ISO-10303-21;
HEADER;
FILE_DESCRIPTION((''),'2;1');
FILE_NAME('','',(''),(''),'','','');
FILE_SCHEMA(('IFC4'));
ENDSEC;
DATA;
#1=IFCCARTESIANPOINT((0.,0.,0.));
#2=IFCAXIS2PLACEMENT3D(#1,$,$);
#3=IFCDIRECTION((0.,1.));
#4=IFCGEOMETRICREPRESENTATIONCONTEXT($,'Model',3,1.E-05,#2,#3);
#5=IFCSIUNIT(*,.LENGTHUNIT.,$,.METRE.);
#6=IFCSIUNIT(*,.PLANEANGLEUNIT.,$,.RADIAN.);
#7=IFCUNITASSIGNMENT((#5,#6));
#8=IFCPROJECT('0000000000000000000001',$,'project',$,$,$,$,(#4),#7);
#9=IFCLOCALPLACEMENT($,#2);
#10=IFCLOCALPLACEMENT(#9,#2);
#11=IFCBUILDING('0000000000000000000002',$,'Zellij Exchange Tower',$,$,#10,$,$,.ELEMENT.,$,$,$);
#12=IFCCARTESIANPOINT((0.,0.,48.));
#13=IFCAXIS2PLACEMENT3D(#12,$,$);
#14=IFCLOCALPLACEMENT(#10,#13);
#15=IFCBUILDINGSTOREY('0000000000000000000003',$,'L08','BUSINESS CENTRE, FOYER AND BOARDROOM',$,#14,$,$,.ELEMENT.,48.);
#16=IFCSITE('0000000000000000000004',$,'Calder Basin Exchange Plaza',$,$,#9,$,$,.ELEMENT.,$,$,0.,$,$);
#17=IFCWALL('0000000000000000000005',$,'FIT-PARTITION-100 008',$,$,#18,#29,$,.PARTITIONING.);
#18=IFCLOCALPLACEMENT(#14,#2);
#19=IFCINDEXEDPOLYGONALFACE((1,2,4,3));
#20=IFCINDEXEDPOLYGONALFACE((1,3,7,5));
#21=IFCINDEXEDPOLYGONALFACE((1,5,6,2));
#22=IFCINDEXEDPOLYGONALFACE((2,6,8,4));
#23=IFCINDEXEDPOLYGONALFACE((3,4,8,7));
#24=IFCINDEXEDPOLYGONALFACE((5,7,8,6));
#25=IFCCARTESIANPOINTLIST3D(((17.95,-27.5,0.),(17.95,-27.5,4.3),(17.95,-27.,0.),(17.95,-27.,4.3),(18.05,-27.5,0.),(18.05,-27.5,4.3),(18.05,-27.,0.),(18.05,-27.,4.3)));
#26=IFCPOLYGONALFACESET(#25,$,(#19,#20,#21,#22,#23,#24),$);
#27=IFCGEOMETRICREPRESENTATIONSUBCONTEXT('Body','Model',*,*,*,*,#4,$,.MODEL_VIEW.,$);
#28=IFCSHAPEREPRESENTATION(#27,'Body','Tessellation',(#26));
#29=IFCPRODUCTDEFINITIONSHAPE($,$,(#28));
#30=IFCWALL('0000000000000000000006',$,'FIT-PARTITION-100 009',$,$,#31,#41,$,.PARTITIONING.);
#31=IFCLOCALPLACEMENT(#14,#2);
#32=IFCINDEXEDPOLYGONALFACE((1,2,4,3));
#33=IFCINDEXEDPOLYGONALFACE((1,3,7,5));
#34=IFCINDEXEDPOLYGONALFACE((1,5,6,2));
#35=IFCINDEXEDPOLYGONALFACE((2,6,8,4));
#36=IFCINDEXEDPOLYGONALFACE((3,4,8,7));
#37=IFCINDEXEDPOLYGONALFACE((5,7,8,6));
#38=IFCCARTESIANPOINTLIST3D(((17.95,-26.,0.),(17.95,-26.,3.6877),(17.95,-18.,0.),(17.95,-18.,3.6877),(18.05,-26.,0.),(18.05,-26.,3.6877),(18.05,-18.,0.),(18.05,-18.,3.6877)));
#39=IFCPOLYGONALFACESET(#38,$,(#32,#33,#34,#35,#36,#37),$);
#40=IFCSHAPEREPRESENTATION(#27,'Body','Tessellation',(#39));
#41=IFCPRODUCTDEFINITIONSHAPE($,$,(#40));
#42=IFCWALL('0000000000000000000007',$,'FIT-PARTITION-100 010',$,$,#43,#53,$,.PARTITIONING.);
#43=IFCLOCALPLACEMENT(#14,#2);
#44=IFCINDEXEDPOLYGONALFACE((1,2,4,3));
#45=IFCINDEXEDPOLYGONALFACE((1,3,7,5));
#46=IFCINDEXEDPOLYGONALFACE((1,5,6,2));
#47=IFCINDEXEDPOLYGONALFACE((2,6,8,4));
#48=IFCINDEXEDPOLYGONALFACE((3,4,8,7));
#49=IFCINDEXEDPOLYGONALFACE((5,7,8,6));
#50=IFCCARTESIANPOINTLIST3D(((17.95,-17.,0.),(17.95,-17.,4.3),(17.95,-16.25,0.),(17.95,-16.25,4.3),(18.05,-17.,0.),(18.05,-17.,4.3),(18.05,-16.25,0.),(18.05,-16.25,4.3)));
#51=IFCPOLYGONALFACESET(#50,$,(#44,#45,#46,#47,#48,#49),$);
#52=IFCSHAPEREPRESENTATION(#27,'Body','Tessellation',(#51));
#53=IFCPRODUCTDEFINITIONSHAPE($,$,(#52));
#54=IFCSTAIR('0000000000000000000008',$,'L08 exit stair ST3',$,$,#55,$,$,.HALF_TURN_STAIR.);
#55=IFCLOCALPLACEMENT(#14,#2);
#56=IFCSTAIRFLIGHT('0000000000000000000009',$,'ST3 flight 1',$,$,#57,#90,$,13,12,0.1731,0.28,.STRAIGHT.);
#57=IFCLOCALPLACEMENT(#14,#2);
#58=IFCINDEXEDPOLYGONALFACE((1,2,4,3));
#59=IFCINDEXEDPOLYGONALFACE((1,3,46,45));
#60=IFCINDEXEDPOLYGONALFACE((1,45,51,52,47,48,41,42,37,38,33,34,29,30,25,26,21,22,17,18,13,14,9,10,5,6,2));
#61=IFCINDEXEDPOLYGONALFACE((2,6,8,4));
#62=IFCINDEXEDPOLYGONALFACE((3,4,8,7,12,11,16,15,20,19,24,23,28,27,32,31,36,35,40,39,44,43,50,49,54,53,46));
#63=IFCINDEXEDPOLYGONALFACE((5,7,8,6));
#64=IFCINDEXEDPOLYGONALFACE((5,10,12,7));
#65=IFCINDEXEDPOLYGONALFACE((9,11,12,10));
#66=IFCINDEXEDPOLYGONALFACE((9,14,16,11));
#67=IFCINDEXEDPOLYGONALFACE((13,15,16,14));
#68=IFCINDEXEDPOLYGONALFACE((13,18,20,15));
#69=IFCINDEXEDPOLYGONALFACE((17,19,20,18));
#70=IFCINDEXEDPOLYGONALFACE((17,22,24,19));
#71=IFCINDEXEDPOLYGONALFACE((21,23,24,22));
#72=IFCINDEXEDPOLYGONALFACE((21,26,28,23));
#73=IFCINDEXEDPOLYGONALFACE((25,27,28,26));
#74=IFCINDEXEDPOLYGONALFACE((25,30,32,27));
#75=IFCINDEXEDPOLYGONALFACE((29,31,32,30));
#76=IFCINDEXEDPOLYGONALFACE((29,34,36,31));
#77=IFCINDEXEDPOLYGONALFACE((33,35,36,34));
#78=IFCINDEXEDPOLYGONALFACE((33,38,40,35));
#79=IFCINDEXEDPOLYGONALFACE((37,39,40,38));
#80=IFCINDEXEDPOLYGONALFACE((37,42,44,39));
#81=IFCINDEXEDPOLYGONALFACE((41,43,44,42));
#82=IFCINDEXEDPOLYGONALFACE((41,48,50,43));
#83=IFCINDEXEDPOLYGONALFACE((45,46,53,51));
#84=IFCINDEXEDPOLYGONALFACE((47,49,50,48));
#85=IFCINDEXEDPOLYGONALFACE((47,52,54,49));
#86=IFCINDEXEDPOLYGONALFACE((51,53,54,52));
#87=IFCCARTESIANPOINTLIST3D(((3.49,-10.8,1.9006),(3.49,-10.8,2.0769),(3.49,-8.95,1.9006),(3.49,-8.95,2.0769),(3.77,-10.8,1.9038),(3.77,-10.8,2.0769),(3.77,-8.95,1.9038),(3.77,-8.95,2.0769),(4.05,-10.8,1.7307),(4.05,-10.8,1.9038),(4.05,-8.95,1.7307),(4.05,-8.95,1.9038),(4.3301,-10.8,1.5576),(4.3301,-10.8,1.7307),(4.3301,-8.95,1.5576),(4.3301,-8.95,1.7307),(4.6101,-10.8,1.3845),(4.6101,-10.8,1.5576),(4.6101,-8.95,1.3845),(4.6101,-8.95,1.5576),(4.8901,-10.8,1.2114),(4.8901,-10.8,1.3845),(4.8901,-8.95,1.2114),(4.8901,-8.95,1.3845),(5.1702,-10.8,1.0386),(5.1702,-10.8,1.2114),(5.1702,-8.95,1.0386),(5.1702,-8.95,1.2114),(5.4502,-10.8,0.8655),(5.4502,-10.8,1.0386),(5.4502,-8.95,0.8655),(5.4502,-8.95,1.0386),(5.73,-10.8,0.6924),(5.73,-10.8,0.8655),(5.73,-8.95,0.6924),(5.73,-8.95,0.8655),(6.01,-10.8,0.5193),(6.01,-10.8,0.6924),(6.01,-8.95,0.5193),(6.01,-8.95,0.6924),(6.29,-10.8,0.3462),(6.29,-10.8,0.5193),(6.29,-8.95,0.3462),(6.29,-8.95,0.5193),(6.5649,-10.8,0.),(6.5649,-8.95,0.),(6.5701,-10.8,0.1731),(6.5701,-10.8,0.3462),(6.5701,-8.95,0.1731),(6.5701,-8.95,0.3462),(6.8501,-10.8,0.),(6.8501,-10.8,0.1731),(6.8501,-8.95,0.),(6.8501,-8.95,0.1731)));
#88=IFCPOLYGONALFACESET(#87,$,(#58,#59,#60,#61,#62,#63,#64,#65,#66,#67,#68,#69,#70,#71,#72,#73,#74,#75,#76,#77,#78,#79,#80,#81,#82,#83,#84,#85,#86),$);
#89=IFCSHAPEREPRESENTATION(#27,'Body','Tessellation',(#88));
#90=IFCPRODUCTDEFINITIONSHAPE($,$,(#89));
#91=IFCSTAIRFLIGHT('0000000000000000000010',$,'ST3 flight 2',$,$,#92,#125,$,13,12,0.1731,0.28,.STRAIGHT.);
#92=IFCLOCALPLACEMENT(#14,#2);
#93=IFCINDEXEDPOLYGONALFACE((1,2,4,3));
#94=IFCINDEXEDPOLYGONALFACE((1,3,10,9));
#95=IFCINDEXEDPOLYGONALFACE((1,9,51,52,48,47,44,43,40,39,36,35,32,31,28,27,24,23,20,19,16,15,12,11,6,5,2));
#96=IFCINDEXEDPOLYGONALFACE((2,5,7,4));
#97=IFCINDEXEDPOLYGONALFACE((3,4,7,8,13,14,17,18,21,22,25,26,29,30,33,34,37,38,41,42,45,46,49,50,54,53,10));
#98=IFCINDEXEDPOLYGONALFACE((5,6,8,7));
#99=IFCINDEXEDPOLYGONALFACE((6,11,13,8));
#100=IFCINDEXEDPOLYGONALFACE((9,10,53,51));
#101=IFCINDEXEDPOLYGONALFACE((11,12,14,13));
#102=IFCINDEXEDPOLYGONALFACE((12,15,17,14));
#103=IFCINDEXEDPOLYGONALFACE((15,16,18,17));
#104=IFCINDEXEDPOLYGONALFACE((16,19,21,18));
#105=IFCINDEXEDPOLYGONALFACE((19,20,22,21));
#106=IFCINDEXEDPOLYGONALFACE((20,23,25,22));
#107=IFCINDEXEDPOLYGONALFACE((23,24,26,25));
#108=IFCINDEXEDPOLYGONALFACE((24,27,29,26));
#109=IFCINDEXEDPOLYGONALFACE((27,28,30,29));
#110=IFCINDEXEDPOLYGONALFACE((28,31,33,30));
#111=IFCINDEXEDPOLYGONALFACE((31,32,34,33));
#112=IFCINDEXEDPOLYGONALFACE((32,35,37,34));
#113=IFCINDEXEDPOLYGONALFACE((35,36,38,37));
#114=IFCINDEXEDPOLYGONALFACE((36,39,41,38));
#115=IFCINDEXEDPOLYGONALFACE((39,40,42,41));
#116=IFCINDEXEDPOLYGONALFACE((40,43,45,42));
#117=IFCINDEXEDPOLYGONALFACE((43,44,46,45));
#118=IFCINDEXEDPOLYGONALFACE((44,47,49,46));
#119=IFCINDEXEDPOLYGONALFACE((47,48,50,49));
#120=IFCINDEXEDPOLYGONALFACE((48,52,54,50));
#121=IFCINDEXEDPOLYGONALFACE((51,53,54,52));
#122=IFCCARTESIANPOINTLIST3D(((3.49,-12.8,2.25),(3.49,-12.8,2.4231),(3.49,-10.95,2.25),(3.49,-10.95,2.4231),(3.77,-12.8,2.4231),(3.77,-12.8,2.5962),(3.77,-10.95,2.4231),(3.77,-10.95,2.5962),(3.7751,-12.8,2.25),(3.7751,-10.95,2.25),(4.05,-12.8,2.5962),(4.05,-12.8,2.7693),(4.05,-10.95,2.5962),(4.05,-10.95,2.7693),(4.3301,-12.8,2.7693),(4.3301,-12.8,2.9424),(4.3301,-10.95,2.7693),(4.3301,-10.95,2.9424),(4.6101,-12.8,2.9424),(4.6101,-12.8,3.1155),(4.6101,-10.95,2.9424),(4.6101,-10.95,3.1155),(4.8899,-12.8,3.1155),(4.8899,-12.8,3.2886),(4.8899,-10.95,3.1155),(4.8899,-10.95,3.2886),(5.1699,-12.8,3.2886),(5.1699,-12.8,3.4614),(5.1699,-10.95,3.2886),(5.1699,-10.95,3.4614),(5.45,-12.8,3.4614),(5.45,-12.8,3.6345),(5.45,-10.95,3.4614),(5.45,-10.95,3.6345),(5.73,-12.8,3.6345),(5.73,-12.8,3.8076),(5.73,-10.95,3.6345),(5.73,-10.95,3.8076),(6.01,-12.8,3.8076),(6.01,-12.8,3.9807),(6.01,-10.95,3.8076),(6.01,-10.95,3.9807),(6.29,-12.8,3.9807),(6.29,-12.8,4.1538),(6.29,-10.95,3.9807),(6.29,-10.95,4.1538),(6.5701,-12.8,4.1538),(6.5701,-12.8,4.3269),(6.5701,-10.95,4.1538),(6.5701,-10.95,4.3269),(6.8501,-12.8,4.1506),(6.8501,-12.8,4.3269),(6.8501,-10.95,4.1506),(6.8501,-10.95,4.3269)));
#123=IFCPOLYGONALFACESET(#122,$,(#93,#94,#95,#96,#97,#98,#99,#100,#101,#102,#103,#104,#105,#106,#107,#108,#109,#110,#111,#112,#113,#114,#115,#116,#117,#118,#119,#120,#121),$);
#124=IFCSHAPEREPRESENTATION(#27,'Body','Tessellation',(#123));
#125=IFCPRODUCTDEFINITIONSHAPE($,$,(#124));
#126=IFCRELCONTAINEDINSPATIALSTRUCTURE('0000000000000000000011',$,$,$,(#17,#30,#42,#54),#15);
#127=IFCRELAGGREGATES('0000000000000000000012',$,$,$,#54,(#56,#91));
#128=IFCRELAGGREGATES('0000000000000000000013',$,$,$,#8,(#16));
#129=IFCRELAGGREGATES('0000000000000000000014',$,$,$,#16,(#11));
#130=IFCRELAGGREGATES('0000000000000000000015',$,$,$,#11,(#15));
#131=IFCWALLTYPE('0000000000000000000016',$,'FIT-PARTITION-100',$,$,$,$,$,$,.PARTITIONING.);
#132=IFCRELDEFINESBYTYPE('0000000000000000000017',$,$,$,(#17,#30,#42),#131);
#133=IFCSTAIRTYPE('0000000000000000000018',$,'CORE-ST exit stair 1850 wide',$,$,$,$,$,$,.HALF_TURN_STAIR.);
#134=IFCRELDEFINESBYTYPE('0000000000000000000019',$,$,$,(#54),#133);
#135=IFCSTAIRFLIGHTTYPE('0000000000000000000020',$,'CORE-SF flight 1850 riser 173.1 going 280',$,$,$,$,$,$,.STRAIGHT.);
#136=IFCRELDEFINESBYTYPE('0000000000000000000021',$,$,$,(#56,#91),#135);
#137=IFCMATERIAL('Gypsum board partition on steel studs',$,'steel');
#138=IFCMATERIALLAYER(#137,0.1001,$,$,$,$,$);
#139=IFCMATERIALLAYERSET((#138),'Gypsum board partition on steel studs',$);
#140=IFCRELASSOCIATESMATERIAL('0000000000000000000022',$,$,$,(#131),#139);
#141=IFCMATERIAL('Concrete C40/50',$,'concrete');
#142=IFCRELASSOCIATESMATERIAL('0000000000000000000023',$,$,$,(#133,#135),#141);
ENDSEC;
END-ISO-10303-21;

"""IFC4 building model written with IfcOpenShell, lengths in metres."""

from ifc_helpers import new_model, si_unit, direction, frame, frame_2d, origin, place, context, subcontext, project, spatial, polyline, rectangle, outline, extrude, material, layer, layer_set, type_object, element, aggregate, save


model = new_model("IFC4")

# Units and contexts
model_context = context("Model", 3, precision=1e-05, world=origin(), true_north=direction((0.0, 1.0)))
body_context = subcontext(model_context, "Body", "Model", "MODEL_VIEW")
ifc_project = project(units=[si_unit("LENGTHUNIT", "METRE"), si_unit("PLANEANGLEUNIT", "RADIAN")], contexts=[model_context])

# Site, building, storey
site_placement = place(None, origin())
site = spatial("IfcSite", under=ifc_project, at=site_placement, Name="Calder Basin Exchange Plaza", CompositionType="ELEMENT", RefElevation=0.0)
building_placement = place(site_placement, origin())
building = spatial("IfcBuilding", under=site, at=building_placement, Name="Zellij Exchange Tower", CompositionType="ELEMENT")
storey_placement = place(building_placement, frame((0.0, 0.0, 48.0)))
storey = spatial("IfcBuildingStorey", under=building, at=storey_placement, Name="L08", Description="BUSINESS CENTRE, FOYER AND BOARDROOM", CompositionType="ELEMENT", Elevation=48.0)

# Walls
ifc_material_1 = material(Name="Gypsum board partition on steel studs", Category="steel")
ifc_layer_1 = layer(ifc_material_1, 0.1001)
ifc_layer_set_1 = layer_set([ifc_layer_1], Name="Gypsum board partition on steel studs")
wall_type_1 = type_object("IfcWallType", Name="FIT-PARTITION-100", PredefinedType="PARTITIONING", material=ifc_layer_set_1)
wall_1_placement = place(storey_placement, frame((18.0, -27.5, 0.0), z_axis=(0.0, 0.0, 1.0), x_axis=(0.0, 1.0, 0.0)))
element("IfcWall", 1, at=wall_1_placement, inside=storey, type_object=wall_type_1, Name="FIT-PARTITION-100 008", PredefinedType="PARTITIONING", context=body_context, shape_type="SweptSolid", body=[
    extrude(rectangle(XDim=0.5, YDim=0.1001, at=frame_2d((0.25, 0.0))), origin(), (0.0, 0.0, 1.0), 4.3),
])
wall_2_placement = place(storey_placement, frame((18.0, -26.0, 0.0), z_axis=(0.0, 0.0, 1.0), x_axis=(0.0, 1.0, 0.0)))
element("IfcWall", 2, at=wall_2_placement, inside=storey, type_object=wall_type_1, Name="FIT-PARTITION-100 009", PredefinedType="PARTITIONING", context=body_context, shape_type="SweptSolid", body=[
    extrude(rectangle(XDim=8.0, YDim=0.1001, at=frame_2d((4.0, 0.0))), origin(), (0.0, 0.0, 1.0), 3.6877),
])
wall_3_placement = place(storey_placement, frame((18.0, -17.0, 0.0), z_axis=(0.0, 0.0, 1.0), x_axis=(0.0, 1.0, 0.0)))
element("IfcWall", 3, at=wall_3_placement, inside=storey, type_object=wall_type_1, Name="FIT-PARTITION-100 010", PredefinedType="PARTITIONING", context=body_context, shape_type="SweptSolid", body=[
    extrude(rectangle(XDim=0.75, YDim=0.1001, at=frame_2d((0.375, 0.0))), origin(), (0.0, 0.0, 1.0), 4.3),
])

# Stair, stair flights
ifc_material_2 = material(Name="Concrete C40/50", Category="concrete")
stair_type = type_object("IfcStairType", Name="CORE-ST exit stair 1850 wide", PredefinedType="HALF_TURN_STAIR", material=ifc_material_2)
stair_placement = place(storey_placement, origin())
stair = element("IfcStair", 4, at=stair_placement, inside=storey, type_object=stair_type, Name="L08 exit stair ST3", PredefinedType="HALF_TURN_STAIR")
stair_flight_type = type_object("IfcStairFlightType", Name="CORE-SF flight 1850 riser 173.1 going 280", PredefinedType="STRAIGHT", material=ifc_material_2)
stair_flight_1_placement = place(storey_placement, frame((6.8501, -9.875, 0.0), z_axis=(0.0, 0.0, 1.0), x_axis=(-1.0, 0.0, 0.0)))
stair_flight_1 = element("IfcStairFlight", 5, at=stair_flight_1_placement, type_object=stair_flight_type, Name="ST3 flight 1", NumberOfRisers=13, NumberOfTreads=12, PredefinedType="STRAIGHT", RiserHeight=0.1731, TreadLength=0.28, context=body_context, shape_type="SweptSolid", body=[
    extrude(outline(polyline([(0.0, 0.0), (0.0, 0.1731), (0.28, 0.1731), (0.28, 0.3462), (0.5601, 0.3462), (0.5601, 0.5193), (0.8401, 0.5193), (0.8401, 0.6924), (1.1201, 0.6924), (1.1201, 0.8655), (1.3999, 0.8655), (1.3999, 1.0386), (1.6799, 1.0386), (1.6799, 1.2114), (1.96, 1.2114), (1.96, 1.3845), (2.24, 1.3845), (2.24, 1.5576), (2.52, 1.5576), (2.52, 1.7307), (2.8, 1.7307), (2.8, 1.9038), (3.0801, 1.9038), (3.0801, 2.0769), (3.3601, 2.0769), (3.3601, 2.25), (3.3601, 1.9006), (0.2852, 0.0), (0.0, 0.0)])), frame((0.0, 0.925, 0.0), z_axis=(0.0, -1.0, 0.0), x_axis=(1.0, 0.0, 0.0)), (0.0, 0.0, 1.0), 1.8501),
])
stair_flight_2_placement = place(storey_placement, frame((3.49, -11.875, 2.25), z_axis=(0.0, 0.0, 1.0), x_axis=(1.0, 0.0, 0.0)))
stair_flight_2 = element("IfcStairFlight", 6, at=stair_flight_2_placement, type_object=stair_flight_type, Name="ST3 flight 2", NumberOfRisers=13, NumberOfTreads=12, PredefinedType="STRAIGHT", RiserHeight=0.1731, TreadLength=0.28, context=body_context, shape_type="SweptSolid", body=[
    extrude(outline(polyline([(0.0, 0.0), (0.0, 0.1731), (0.28, 0.1731), (0.28, 0.3462), (0.5601, 0.3462), (0.5601, 0.5193), (0.8401, 0.5193), (0.8401, 0.6924), (1.1201, 0.6924), (1.1201, 0.8655), (1.3999, 0.8655), (1.3999, 1.0386), (1.6799, 1.0386), (1.6799, 1.2114), (1.96, 1.2114), (1.96, 1.3845), (2.24, 1.3845), (2.24, 1.5576), (2.52, 1.5576), (2.52, 1.7307), (2.8, 1.7307), (2.8, 1.9038), (3.0801, 1.9038), (3.0801, 2.0769), (3.3601, 2.0769), (3.3601, 2.25), (3.3601, 1.9006), (0.2852, 0.0), (0.0, 0.0)])), frame((0.0, 0.925, 0.0), z_axis=(0.0, -1.0, 0.0), x_axis=(1.0, 0.0, 0.0)), (0.0, 0.0, 1.0), 1.8501),
])
aggregate(stair, [stair_flight_1, stair_flight_2])

save(model, "model.ifc")
